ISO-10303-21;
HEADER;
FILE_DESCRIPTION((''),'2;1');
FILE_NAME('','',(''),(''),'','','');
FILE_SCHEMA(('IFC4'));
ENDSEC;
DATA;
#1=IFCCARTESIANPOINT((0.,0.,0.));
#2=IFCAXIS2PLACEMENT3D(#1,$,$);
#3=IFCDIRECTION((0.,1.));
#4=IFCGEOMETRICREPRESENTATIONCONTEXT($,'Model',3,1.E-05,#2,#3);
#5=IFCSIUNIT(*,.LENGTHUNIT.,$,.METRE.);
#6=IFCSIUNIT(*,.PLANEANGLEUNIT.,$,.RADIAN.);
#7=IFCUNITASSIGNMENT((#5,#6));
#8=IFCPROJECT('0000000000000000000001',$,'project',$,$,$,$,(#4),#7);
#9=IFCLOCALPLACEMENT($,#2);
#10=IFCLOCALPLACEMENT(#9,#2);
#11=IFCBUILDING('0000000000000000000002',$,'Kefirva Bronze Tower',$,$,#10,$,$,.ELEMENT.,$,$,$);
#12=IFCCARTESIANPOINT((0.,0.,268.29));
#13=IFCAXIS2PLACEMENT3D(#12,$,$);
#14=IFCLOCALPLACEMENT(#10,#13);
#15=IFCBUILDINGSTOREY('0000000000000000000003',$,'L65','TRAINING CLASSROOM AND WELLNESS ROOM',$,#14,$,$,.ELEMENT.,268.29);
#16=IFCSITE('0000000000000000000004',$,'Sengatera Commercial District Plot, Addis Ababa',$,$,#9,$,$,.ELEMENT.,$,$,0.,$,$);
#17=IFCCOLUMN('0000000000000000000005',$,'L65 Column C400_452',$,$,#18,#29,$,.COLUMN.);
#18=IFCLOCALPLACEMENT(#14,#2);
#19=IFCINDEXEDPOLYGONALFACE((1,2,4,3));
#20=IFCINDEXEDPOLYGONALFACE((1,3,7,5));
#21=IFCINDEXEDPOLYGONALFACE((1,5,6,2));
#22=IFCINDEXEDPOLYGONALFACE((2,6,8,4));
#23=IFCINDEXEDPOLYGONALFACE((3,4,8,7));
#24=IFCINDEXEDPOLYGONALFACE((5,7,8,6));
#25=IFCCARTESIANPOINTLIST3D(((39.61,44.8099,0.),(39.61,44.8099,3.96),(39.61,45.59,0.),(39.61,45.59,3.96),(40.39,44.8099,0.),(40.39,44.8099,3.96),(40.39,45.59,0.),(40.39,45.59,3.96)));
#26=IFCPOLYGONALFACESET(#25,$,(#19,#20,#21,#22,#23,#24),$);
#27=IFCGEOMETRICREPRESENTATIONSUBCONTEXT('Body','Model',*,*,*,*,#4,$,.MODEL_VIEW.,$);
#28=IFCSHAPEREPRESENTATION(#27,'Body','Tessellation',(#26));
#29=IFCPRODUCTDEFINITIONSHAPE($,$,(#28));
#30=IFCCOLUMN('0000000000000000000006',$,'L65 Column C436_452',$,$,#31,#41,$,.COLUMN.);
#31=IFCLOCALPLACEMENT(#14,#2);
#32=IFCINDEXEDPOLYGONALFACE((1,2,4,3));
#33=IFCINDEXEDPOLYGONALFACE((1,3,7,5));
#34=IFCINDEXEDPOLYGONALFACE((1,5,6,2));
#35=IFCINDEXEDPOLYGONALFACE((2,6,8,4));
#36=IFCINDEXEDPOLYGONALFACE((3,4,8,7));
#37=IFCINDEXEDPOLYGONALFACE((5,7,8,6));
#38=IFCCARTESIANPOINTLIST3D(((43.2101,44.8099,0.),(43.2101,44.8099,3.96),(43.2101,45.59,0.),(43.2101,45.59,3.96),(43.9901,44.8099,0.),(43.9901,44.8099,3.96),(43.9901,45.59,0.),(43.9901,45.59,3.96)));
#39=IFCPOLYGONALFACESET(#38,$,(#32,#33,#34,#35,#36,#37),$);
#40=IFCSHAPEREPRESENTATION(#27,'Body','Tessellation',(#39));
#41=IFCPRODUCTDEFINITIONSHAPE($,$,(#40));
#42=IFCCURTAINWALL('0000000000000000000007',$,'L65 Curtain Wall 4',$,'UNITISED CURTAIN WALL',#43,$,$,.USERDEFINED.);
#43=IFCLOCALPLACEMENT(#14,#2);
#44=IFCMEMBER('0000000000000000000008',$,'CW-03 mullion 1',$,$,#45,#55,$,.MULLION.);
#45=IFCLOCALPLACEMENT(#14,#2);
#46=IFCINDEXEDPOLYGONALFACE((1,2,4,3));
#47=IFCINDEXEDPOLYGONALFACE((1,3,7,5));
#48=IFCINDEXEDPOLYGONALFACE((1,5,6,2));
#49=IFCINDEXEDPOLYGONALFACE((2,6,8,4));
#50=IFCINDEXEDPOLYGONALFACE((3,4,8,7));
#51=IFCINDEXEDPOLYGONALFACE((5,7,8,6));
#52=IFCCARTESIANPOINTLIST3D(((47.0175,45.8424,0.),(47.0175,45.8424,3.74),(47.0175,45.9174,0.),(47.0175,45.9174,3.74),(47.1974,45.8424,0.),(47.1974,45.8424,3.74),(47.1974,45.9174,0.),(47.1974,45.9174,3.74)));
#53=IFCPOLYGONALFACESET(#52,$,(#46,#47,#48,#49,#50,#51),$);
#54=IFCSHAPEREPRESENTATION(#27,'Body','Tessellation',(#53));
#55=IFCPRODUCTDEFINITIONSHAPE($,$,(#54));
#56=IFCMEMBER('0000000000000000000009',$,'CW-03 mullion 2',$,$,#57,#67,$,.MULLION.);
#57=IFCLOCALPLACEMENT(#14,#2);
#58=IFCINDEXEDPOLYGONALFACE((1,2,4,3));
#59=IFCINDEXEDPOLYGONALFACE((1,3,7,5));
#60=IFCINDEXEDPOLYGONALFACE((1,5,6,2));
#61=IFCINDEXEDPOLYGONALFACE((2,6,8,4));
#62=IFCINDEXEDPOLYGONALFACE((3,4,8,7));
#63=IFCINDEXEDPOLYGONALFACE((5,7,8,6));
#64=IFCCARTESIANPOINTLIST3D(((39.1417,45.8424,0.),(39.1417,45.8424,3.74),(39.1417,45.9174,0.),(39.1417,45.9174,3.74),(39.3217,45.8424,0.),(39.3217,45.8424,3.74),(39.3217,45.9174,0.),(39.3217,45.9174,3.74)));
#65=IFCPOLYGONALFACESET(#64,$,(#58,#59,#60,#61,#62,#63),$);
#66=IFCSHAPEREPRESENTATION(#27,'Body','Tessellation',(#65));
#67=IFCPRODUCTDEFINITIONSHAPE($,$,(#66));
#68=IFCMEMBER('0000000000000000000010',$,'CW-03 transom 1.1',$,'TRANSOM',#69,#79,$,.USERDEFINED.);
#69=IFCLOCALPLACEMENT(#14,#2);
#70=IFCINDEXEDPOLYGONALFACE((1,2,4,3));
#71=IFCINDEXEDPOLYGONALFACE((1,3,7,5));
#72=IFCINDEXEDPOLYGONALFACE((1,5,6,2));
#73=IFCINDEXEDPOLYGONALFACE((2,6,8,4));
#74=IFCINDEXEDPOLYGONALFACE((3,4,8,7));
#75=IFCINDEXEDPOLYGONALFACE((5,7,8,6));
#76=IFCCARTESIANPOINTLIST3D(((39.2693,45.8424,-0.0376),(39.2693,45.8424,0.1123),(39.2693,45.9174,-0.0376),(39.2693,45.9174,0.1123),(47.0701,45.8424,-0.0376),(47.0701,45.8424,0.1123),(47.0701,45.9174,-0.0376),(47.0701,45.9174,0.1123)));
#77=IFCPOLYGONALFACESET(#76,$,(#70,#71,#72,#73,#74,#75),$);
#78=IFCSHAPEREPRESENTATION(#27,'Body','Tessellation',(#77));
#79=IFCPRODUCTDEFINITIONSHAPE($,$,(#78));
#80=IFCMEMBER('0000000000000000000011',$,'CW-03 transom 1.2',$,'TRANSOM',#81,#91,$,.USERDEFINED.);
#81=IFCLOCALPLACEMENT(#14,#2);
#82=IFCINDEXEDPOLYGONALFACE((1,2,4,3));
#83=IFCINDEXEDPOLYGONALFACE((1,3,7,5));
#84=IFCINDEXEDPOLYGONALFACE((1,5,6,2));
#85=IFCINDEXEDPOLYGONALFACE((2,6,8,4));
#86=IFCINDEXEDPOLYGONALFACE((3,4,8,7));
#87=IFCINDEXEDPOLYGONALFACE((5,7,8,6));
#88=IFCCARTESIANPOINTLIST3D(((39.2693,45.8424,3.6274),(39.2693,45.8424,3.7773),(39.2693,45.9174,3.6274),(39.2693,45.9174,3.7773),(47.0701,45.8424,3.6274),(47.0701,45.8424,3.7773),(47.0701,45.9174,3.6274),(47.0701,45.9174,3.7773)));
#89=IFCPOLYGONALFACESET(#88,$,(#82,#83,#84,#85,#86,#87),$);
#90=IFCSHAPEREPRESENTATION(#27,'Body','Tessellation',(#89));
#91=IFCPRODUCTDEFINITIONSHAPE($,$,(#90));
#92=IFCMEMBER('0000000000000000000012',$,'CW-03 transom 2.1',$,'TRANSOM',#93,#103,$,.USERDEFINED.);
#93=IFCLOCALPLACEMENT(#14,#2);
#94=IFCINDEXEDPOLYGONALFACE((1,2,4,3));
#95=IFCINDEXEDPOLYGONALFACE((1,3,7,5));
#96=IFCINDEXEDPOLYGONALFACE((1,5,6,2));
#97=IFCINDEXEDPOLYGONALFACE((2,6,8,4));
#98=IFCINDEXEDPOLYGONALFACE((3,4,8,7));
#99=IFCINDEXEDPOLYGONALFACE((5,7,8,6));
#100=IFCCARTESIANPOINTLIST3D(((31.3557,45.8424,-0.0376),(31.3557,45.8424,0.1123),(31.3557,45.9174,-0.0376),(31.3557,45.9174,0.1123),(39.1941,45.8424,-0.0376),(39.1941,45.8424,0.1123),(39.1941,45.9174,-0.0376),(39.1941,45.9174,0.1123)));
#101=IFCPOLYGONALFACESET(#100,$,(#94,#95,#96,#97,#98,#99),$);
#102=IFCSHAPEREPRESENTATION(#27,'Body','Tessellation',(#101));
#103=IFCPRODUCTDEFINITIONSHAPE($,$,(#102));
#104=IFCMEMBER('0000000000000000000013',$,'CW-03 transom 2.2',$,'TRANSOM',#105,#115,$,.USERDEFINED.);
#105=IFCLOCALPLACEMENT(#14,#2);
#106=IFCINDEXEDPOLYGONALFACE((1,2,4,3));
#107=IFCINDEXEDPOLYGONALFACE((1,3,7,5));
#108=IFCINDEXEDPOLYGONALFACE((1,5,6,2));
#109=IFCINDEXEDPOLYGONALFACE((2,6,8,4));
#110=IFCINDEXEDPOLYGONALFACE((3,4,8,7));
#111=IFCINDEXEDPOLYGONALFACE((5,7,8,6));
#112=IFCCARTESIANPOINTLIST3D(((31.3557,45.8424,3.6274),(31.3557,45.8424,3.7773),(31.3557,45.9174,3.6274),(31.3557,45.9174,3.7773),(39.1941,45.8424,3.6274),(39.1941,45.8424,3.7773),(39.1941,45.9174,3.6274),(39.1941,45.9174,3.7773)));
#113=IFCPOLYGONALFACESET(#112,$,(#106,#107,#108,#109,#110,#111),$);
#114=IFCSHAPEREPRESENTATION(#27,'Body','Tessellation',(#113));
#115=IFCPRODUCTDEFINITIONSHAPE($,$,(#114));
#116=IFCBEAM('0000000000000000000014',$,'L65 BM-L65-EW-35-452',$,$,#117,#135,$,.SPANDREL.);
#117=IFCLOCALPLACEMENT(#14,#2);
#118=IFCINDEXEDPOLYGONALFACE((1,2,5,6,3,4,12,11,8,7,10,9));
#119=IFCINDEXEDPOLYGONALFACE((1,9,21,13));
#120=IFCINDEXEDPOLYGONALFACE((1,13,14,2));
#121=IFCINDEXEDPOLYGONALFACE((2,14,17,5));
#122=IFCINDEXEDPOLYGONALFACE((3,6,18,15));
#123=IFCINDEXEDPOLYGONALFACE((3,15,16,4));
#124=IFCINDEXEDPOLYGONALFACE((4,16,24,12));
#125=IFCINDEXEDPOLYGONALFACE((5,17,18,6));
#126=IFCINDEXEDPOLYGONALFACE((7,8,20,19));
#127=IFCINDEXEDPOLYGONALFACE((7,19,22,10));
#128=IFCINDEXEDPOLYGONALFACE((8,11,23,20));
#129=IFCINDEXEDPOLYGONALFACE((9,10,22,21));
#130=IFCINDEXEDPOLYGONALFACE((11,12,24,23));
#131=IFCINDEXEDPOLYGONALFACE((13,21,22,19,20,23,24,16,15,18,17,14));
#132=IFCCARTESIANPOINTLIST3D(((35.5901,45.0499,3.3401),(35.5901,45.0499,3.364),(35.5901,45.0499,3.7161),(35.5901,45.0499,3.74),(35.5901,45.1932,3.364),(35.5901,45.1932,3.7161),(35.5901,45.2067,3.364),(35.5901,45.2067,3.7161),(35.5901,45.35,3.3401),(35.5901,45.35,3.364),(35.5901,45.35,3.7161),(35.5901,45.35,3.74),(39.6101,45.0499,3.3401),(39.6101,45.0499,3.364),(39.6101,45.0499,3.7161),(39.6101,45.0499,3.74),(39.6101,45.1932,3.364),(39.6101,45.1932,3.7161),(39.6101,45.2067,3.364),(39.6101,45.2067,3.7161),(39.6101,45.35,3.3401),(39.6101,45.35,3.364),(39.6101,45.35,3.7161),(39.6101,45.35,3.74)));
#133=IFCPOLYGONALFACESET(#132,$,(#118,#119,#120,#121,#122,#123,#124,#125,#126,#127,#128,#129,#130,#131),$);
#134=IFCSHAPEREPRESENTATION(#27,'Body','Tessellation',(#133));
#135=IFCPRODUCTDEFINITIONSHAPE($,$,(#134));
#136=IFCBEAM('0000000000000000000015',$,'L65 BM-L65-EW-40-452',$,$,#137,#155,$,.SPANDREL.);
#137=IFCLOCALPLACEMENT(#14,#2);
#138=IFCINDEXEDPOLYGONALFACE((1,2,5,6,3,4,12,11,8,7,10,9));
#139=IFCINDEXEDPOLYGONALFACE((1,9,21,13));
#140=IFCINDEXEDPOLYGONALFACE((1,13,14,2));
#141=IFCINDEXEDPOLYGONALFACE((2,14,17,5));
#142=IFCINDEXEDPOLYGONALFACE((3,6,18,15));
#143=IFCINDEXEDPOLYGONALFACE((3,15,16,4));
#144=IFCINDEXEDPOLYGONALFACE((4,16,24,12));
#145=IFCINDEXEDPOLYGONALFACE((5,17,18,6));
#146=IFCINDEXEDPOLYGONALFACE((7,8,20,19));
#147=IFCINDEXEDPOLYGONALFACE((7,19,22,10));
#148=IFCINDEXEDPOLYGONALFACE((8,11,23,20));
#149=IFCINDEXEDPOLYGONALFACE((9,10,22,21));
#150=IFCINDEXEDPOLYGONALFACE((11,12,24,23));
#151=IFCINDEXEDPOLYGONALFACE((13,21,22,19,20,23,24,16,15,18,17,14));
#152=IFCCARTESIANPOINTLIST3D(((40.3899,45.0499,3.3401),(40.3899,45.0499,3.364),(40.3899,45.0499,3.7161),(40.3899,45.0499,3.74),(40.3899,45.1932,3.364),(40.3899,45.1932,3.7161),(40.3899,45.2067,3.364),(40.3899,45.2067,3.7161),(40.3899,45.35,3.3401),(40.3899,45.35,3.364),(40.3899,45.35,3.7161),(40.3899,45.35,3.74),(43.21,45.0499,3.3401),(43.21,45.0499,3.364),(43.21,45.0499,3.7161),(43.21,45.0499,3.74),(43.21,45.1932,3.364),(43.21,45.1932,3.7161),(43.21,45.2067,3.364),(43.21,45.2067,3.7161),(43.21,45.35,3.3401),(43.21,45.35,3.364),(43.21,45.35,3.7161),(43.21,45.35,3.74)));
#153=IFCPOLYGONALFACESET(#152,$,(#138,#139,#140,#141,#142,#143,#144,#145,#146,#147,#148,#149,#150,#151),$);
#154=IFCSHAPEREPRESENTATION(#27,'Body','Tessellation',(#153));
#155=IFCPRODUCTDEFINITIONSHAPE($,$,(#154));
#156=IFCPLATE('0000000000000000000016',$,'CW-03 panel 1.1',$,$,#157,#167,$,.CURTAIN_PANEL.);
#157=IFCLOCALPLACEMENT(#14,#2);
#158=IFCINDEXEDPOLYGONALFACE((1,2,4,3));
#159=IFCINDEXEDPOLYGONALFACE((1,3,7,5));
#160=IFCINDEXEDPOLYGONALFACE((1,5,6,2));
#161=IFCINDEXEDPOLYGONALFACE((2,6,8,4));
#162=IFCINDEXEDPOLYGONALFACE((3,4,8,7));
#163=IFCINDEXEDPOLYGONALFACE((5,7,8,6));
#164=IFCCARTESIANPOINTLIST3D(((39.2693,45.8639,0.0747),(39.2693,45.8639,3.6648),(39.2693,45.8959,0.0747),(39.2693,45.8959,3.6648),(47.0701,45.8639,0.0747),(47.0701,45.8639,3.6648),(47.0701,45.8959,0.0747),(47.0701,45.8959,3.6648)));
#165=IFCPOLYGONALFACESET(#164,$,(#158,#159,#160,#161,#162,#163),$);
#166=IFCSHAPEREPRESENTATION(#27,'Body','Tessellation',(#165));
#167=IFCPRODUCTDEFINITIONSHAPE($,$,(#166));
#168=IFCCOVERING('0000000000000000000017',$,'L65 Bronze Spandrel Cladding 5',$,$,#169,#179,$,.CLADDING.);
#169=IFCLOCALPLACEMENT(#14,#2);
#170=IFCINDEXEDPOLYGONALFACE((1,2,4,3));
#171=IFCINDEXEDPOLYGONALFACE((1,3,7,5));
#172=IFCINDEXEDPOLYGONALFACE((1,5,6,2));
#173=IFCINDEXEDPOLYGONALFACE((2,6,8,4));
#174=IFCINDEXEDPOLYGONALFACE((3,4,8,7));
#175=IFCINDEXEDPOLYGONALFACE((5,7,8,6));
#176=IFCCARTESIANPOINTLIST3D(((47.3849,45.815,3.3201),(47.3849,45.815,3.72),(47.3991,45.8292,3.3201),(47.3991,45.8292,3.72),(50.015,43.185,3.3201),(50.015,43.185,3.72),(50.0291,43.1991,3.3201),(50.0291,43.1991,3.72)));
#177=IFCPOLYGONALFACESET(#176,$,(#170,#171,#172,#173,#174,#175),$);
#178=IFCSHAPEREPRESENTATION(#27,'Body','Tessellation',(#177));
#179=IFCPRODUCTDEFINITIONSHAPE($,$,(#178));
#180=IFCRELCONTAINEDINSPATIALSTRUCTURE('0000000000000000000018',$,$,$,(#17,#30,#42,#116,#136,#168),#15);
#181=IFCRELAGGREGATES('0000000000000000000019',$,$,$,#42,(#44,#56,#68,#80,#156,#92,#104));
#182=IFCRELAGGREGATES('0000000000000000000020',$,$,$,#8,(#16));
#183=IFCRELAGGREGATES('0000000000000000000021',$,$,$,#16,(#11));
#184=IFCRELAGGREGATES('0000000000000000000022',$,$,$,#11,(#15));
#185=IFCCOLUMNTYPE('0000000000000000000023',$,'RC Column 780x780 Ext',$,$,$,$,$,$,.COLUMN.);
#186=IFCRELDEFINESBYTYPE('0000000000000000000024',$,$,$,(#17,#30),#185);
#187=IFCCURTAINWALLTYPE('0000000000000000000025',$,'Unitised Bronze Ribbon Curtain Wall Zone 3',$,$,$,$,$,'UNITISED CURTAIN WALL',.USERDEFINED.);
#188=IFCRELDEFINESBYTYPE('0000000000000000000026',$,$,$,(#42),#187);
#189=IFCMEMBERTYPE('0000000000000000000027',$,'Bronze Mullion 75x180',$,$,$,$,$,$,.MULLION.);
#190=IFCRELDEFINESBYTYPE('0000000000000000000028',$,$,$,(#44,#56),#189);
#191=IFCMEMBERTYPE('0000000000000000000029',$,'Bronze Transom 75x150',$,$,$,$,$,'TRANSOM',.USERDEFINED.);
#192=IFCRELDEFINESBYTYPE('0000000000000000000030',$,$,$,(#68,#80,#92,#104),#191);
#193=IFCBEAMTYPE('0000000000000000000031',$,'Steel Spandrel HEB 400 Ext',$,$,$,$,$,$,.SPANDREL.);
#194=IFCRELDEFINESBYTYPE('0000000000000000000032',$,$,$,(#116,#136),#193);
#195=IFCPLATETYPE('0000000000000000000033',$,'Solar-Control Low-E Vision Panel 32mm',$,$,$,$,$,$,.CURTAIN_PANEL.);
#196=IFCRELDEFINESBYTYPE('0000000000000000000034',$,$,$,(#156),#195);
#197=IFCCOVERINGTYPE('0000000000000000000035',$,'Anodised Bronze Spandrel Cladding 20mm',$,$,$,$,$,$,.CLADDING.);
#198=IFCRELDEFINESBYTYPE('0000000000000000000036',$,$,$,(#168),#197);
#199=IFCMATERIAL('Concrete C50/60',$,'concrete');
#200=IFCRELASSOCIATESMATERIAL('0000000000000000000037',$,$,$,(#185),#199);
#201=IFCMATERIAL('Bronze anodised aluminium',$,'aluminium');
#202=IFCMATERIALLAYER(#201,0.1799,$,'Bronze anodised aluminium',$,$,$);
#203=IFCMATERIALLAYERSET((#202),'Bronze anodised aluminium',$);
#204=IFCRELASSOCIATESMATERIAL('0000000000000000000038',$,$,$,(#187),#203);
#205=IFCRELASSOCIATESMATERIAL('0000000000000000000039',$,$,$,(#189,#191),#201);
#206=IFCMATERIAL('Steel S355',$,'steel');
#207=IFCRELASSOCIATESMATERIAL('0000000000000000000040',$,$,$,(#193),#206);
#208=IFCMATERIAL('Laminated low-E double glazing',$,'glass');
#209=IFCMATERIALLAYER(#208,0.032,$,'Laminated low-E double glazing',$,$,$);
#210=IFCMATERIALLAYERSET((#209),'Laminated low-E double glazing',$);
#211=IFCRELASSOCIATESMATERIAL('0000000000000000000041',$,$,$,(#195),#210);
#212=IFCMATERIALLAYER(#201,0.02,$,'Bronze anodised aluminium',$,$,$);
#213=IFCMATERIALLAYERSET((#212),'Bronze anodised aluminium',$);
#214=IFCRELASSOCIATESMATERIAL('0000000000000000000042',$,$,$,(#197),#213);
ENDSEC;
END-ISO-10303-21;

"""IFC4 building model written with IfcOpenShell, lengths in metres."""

from ifc_helpers import new_model, si_unit, direction, frame, origin, origin_2d, place, context, subcontext, project, spatial, rectangle, i_section, extrude, material, layer, layer_set, material_profile, profile_set, type_object, element, aggregate, save


model = new_model("IFC4")

# Units and contexts
model_context = context("Model", 3, precision=1e-05, world=origin(), true_north=direction((0.0, 1.0)))
body_context = subcontext(model_context, "Body", "Model", "MODEL_VIEW")
ifc_project = project(units=[si_unit("LENGTHUNIT", "METRE"), si_unit("PLANEANGLEUNIT", "RADIAN")], contexts=[model_context])

# Site, building, storey
site_placement = place(None, origin())
site = spatial("IfcSite", under=ifc_project, at=site_placement, Name="Sengatera Commercial District Plot, Addis Ababa", CompositionType="ELEMENT", RefElevation=0.0)
building_placement = place(site_placement, origin())
building = spatial("IfcBuilding", under=site, at=building_placement, Name="Kefirva Bronze Tower", CompositionType="ELEMENT")
storey_placement = place(building_placement, frame((0.0, 0.0, 268.29)))
storey = spatial("IfcBuildingStorey", under=building, at=storey_placement, Name="L65", Description="TRAINING CLASSROOM AND WELLNESS ROOM", CompositionType="ELEMENT", Elevation=268.29)

# Columns
ifc_material_1 = material(Name="Concrete C50/60", Category="concrete")
ifc_material_profile_1 = material_profile(ifc_material_1, rectangle(XDim=0.78, YDim=0.78, at=origin_2d()), Name="RC 780x780")
ifc_profile_set_1 = profile_set([ifc_material_profile_1], Name="Concrete C50/60")
column_type = type_object("IfcColumnType", Name="RC Column 780x780 Ext", PredefinedType="COLUMN", material=ifc_profile_set_1)
for number, where, z_axis, x_axis, name in (
    (1, (40.0, 45.2, 0.0), (0.0, 0.0, 1.0), (1.0, 0.0, 0.0), "L65 Column C400_452"),
    (2, (43.6001, 45.2, 0.0), (0.0, 0.0, 1.0), (1.0, 0.0, 0.0), "L65 Column C436_452"),
):
    element("IfcColumn", number, at=place(storey_placement, frame(where, z_axis=z_axis, x_axis=x_axis)), inside=storey, type_object=column_type, Name=name, PredefinedType="COLUMN", context=body_context, shape_type="SweptSolid", body=[
        extrude(rectangle(XDim=0.78, YDim=0.78, at=origin_2d()), origin(), (0.0, 0.0, 1.0), 3.96),
    ])

# Curtain wall, members
ifc_material_2 = material(Name="Bronze anodised aluminium", Category="aluminium")
ifc_layer_1 = layer(ifc_material_2, 0.1799, Name="Bronze anodised aluminium")
ifc_layer_set_1 = layer_set([ifc_layer_1], Name="Bronze anodised aluminium")
curtain_wall_type = type_object("IfcCurtainWallType", Name="Unitised Bronze Ribbon Curtain Wall Zone 3", ElementType="UNITISED CURTAIN WALL", PredefinedType="USERDEFINED", material=ifc_layer_set_1)
curtain_wall_placement = place(storey_placement, origin())
curtain_wall = element("IfcCurtainWall", 3, at=curtain_wall_placement, inside=storey, type_object=curtain_wall_type, Name="L65 Curtain Wall 4", ObjectType="UNITISED CURTAIN WALL", PredefinedType="USERDEFINED")
ifc_material_profile_2 = material_profile(ifc_material_2, rectangle(XDim=0.075, YDim=0.1799, at=origin_2d()), Name="ALU 75x180")
ifc_profile_set_2 = profile_set([ifc_material_profile_2], Name="Bronze anodised aluminium")
member_type_1 = type_object("IfcMemberType", Name="Bronze Mullion 75x180", PredefinedType="MULLION", material=ifc_profile_set_2)
member_1_placement = place(storey_placement, frame((47.1074, 45.8799, 0.0), z_axis=(0.0, 0.0, 1.0), x_axis=(0.0, -1.0, 0.0)))
member_1 = element("IfcMember", 4, at=member_1_placement, type_object=member_type_1, Name="CW-03 mullion 1", PredefinedType="MULLION", context=body_context, shape_type="SweptSolid", body=[
    extrude(rectangle(XDim=0.075, YDim=0.1799, at=origin_2d()), origin(), (0.0, 0.0, 1.0), 3.74),
])
member_2_placement = place(storey_placement, frame((39.2317, 45.8799, 0.0), z_axis=(0.0, 0.0, 1.0), x_axis=(0.0, -1.0, 0.0)))
member_2 = element("IfcMember", 5, at=member_2_placement, type_object=member_type_1, Name="CW-03 mullion 2", PredefinedType="MULLION", context=body_context, shape_type="SweptSolid", body=[
    extrude(rectangle(XDim=0.075, YDim=0.1799, at=origin_2d()), origin(), (0.0, 0.0, 1.0), 3.74),
])
ifc_material_profile_3 = material_profile(ifc_material_2, rectangle(XDim=0.075, YDim=0.1499, at=origin_2d()), Name="ALU 75x150")
ifc_profile_set_3 = profile_set([ifc_material_profile_3], Name="Bronze anodised aluminium")
member_type_2 = type_object("IfcMemberType", Name="Bronze Transom 75x150", ElementType="TRANSOM", PredefinedType="USERDEFINED", material=ifc_profile_set_3)
member_3_placement = place(storey_placement, frame((47.0701, 45.8799, 0.0374), z_axis=(-1.0, 0.0, 0.0), x_axis=(0.0, -1.0, 0.0)))
member_3 = element("IfcMember", 6, at=member_3_placement, type_object=member_type_2, Name="CW-03 transom 1.1", ObjectType="TRANSOM", PredefinedType="USERDEFINED", context=body_context, shape_type="SweptSolid", body=[
    extrude(rectangle(XDim=0.075, YDim=0.1499, at=origin_2d()), origin(), (0.0, 0.0, 1.0), 7.8008),
])
member_4_placement = place(storey_placement, frame((47.0701, 45.8799, 3.7024), z_axis=(-1.0, 0.0, 0.0), x_axis=(0.0, -1.0, 0.0)))
member_4 = element("IfcMember", 7, at=member_4_placement, type_object=member_type_2, Name="CW-03 transom 1.2", ObjectType="TRANSOM", PredefinedType="USERDEFINED", context=body_context, shape_type="SweptSolid", body=[
    extrude(rectangle(XDim=0.075, YDim=0.1499, at=origin_2d()), origin(), (0.0, 0.0, 1.0), 7.8008),
])
member_5_placement = place(storey_placement, frame((39.1941, 45.8799, 0.0374), z_axis=(-1.0, 0.0, 0.0), x_axis=(0.0, -1.0, 0.0)))
member_5 = element("IfcMember", 8, at=member_5_placement, type_object=member_type_2, Name="CW-03 transom 2.1", ObjectType="TRANSOM", PredefinedType="USERDEFINED", context=body_context, shape_type="SweptSolid", body=[
    extrude(rectangle(XDim=0.075, YDim=0.1499, at=origin_2d()), origin(), (0.0, 0.0, 1.0), 7.8384),
])
member_6_placement = place(storey_placement, frame((39.1941, 45.8799, 3.7024), z_axis=(-1.0, 0.0, 0.0), x_axis=(0.0, -1.0, 0.0)))
member_6 = element("IfcMember", 9, at=member_6_placement, type_object=member_type_2, Name="CW-03 transom 2.2", ObjectType="TRANSOM", PredefinedType="USERDEFINED", context=body_context, shape_type="SweptSolid", body=[
    extrude(rectangle(XDim=0.075, YDim=0.1499, at=origin_2d()), origin(), (0.0, 0.0, 1.0), 7.8384),
])

# Beams
ifc_material_3 = material(Name="Steel S355", Category="steel")
ifc_material_profile_4 = material_profile(ifc_material_3, i_section(OverallWidth=0.3, OverallDepth=0.3999, WebThickness=0.0134, FlangeThickness=0.0239, at=origin_2d()), Name="HEB 400")
ifc_profile_set_4 = profile_set([ifc_material_profile_4], Name="Steel S355")
beam_type = type_object("IfcBeamType", Name="Steel Spandrel HEB 400 Ext", PredefinedType="SPANDREL", material=ifc_profile_set_4)
beam_1_placement = place(storey_placement, frame((35.5901, 45.2, 3.54), z_axis=(1.0, 0.0, 0.0), x_axis=(0.0, 1.0, 0.0)))
element("IfcBeam", 10, at=beam_1_placement, inside=storey, type_object=beam_type, Name="L65 BM-L65-EW-35-452", PredefinedType="SPANDREL", context=body_context, shape_type="SweptSolid", body=[
    extrude(i_section(OverallWidth=0.3, OverallDepth=0.3999, WebThickness=0.0134, FlangeThickness=0.0239, at=origin_2d()), origin(), (0.0, 0.0, 1.0), 4.02),
])
beam_2_placement = place(storey_placement, frame((40.3899, 45.2, 3.54), z_axis=(1.0, 0.0, 0.0), x_axis=(0.0, 1.0, 0.0)))
element("IfcBeam", 11, at=beam_2_placement, inside=storey, type_object=beam_type, Name="L65 BM-L65-EW-40-452", PredefinedType="SPANDREL", context=body_context, shape_type="SweptSolid", body=[
    extrude(i_section(OverallWidth=0.3, OverallDepth=0.3999, WebThickness=0.0134, FlangeThickness=0.0239, at=origin_2d()), origin(), (0.0, 0.0, 1.0), 2.8201),
])

# Plate
ifc_material_4 = material(Name="Laminated low-E double glazing", Category="glass")
ifc_layer_2 = layer(ifc_material_4, 0.032, Name="Laminated low-E double glazing")
ifc_layer_set_2 = layer_set([ifc_layer_2], Name="Laminated low-E double glazing")
plate_type = type_object("IfcPlateType", Name="Solar-Control Low-E Vision Panel 32mm", PredefinedType="CURTAIN_PANEL", material=ifc_layer_set_2)
plate_placement = place(storey_placement, frame((43.1697, 45.8799, 0.0747), z_axis=(0.0, 0.0, 1.0), x_axis=(-1.0, 0.0, 0.0)))
plate = element("IfcPlate", 12, at=plate_placement, type_object=plate_type, Name="CW-03 panel 1.1", PredefinedType="CURTAIN_PANEL", context=body_context, shape_type="SweptSolid", body=[
    extrude(rectangle(XDim=7.8008, YDim=0.032, at=origin_2d()), origin(), (0.0, 0.0, 1.0), 3.5901),
])
aggregate(curtain_wall, [member_1, member_2, member_3, member_4, plate, member_5, member_6])

# Covering
ifc_layer_3 = layer(ifc_material_2, 0.02, Name="Bronze anodised aluminium")
ifc_layer_set_3 = layer_set([ifc_layer_3], Name="Bronze anodised aluminium")
covering_type_1 = type_object("IfcCoveringType", Name="Anodised Bronze Spandrel Cladding 20mm", PredefinedType="CLADDING", material=ifc_layer_set_3)
covering_1_placement = place(storey_placement, frame((48.707, 44.5071, 3.3201), z_axis=(0.0, 0.0, 1.0), x_axis=(-0.707107, 0.707107, 0.0)))
element("IfcCovering", 13, at=covering_1_placement, inside=storey, type_object=covering_type_1, Name="L65 Bronze Spandrel Cladding 5", PredefinedType="CLADDING", context=body_context, shape_type="SweptSolid", body=[
    extrude(rectangle(XDim=3.7195, YDim=0.02, at=origin_2d()), origin(), (0.0, 0.0, 1.0), 0.3999),
])

save(model, "model.ifc")
